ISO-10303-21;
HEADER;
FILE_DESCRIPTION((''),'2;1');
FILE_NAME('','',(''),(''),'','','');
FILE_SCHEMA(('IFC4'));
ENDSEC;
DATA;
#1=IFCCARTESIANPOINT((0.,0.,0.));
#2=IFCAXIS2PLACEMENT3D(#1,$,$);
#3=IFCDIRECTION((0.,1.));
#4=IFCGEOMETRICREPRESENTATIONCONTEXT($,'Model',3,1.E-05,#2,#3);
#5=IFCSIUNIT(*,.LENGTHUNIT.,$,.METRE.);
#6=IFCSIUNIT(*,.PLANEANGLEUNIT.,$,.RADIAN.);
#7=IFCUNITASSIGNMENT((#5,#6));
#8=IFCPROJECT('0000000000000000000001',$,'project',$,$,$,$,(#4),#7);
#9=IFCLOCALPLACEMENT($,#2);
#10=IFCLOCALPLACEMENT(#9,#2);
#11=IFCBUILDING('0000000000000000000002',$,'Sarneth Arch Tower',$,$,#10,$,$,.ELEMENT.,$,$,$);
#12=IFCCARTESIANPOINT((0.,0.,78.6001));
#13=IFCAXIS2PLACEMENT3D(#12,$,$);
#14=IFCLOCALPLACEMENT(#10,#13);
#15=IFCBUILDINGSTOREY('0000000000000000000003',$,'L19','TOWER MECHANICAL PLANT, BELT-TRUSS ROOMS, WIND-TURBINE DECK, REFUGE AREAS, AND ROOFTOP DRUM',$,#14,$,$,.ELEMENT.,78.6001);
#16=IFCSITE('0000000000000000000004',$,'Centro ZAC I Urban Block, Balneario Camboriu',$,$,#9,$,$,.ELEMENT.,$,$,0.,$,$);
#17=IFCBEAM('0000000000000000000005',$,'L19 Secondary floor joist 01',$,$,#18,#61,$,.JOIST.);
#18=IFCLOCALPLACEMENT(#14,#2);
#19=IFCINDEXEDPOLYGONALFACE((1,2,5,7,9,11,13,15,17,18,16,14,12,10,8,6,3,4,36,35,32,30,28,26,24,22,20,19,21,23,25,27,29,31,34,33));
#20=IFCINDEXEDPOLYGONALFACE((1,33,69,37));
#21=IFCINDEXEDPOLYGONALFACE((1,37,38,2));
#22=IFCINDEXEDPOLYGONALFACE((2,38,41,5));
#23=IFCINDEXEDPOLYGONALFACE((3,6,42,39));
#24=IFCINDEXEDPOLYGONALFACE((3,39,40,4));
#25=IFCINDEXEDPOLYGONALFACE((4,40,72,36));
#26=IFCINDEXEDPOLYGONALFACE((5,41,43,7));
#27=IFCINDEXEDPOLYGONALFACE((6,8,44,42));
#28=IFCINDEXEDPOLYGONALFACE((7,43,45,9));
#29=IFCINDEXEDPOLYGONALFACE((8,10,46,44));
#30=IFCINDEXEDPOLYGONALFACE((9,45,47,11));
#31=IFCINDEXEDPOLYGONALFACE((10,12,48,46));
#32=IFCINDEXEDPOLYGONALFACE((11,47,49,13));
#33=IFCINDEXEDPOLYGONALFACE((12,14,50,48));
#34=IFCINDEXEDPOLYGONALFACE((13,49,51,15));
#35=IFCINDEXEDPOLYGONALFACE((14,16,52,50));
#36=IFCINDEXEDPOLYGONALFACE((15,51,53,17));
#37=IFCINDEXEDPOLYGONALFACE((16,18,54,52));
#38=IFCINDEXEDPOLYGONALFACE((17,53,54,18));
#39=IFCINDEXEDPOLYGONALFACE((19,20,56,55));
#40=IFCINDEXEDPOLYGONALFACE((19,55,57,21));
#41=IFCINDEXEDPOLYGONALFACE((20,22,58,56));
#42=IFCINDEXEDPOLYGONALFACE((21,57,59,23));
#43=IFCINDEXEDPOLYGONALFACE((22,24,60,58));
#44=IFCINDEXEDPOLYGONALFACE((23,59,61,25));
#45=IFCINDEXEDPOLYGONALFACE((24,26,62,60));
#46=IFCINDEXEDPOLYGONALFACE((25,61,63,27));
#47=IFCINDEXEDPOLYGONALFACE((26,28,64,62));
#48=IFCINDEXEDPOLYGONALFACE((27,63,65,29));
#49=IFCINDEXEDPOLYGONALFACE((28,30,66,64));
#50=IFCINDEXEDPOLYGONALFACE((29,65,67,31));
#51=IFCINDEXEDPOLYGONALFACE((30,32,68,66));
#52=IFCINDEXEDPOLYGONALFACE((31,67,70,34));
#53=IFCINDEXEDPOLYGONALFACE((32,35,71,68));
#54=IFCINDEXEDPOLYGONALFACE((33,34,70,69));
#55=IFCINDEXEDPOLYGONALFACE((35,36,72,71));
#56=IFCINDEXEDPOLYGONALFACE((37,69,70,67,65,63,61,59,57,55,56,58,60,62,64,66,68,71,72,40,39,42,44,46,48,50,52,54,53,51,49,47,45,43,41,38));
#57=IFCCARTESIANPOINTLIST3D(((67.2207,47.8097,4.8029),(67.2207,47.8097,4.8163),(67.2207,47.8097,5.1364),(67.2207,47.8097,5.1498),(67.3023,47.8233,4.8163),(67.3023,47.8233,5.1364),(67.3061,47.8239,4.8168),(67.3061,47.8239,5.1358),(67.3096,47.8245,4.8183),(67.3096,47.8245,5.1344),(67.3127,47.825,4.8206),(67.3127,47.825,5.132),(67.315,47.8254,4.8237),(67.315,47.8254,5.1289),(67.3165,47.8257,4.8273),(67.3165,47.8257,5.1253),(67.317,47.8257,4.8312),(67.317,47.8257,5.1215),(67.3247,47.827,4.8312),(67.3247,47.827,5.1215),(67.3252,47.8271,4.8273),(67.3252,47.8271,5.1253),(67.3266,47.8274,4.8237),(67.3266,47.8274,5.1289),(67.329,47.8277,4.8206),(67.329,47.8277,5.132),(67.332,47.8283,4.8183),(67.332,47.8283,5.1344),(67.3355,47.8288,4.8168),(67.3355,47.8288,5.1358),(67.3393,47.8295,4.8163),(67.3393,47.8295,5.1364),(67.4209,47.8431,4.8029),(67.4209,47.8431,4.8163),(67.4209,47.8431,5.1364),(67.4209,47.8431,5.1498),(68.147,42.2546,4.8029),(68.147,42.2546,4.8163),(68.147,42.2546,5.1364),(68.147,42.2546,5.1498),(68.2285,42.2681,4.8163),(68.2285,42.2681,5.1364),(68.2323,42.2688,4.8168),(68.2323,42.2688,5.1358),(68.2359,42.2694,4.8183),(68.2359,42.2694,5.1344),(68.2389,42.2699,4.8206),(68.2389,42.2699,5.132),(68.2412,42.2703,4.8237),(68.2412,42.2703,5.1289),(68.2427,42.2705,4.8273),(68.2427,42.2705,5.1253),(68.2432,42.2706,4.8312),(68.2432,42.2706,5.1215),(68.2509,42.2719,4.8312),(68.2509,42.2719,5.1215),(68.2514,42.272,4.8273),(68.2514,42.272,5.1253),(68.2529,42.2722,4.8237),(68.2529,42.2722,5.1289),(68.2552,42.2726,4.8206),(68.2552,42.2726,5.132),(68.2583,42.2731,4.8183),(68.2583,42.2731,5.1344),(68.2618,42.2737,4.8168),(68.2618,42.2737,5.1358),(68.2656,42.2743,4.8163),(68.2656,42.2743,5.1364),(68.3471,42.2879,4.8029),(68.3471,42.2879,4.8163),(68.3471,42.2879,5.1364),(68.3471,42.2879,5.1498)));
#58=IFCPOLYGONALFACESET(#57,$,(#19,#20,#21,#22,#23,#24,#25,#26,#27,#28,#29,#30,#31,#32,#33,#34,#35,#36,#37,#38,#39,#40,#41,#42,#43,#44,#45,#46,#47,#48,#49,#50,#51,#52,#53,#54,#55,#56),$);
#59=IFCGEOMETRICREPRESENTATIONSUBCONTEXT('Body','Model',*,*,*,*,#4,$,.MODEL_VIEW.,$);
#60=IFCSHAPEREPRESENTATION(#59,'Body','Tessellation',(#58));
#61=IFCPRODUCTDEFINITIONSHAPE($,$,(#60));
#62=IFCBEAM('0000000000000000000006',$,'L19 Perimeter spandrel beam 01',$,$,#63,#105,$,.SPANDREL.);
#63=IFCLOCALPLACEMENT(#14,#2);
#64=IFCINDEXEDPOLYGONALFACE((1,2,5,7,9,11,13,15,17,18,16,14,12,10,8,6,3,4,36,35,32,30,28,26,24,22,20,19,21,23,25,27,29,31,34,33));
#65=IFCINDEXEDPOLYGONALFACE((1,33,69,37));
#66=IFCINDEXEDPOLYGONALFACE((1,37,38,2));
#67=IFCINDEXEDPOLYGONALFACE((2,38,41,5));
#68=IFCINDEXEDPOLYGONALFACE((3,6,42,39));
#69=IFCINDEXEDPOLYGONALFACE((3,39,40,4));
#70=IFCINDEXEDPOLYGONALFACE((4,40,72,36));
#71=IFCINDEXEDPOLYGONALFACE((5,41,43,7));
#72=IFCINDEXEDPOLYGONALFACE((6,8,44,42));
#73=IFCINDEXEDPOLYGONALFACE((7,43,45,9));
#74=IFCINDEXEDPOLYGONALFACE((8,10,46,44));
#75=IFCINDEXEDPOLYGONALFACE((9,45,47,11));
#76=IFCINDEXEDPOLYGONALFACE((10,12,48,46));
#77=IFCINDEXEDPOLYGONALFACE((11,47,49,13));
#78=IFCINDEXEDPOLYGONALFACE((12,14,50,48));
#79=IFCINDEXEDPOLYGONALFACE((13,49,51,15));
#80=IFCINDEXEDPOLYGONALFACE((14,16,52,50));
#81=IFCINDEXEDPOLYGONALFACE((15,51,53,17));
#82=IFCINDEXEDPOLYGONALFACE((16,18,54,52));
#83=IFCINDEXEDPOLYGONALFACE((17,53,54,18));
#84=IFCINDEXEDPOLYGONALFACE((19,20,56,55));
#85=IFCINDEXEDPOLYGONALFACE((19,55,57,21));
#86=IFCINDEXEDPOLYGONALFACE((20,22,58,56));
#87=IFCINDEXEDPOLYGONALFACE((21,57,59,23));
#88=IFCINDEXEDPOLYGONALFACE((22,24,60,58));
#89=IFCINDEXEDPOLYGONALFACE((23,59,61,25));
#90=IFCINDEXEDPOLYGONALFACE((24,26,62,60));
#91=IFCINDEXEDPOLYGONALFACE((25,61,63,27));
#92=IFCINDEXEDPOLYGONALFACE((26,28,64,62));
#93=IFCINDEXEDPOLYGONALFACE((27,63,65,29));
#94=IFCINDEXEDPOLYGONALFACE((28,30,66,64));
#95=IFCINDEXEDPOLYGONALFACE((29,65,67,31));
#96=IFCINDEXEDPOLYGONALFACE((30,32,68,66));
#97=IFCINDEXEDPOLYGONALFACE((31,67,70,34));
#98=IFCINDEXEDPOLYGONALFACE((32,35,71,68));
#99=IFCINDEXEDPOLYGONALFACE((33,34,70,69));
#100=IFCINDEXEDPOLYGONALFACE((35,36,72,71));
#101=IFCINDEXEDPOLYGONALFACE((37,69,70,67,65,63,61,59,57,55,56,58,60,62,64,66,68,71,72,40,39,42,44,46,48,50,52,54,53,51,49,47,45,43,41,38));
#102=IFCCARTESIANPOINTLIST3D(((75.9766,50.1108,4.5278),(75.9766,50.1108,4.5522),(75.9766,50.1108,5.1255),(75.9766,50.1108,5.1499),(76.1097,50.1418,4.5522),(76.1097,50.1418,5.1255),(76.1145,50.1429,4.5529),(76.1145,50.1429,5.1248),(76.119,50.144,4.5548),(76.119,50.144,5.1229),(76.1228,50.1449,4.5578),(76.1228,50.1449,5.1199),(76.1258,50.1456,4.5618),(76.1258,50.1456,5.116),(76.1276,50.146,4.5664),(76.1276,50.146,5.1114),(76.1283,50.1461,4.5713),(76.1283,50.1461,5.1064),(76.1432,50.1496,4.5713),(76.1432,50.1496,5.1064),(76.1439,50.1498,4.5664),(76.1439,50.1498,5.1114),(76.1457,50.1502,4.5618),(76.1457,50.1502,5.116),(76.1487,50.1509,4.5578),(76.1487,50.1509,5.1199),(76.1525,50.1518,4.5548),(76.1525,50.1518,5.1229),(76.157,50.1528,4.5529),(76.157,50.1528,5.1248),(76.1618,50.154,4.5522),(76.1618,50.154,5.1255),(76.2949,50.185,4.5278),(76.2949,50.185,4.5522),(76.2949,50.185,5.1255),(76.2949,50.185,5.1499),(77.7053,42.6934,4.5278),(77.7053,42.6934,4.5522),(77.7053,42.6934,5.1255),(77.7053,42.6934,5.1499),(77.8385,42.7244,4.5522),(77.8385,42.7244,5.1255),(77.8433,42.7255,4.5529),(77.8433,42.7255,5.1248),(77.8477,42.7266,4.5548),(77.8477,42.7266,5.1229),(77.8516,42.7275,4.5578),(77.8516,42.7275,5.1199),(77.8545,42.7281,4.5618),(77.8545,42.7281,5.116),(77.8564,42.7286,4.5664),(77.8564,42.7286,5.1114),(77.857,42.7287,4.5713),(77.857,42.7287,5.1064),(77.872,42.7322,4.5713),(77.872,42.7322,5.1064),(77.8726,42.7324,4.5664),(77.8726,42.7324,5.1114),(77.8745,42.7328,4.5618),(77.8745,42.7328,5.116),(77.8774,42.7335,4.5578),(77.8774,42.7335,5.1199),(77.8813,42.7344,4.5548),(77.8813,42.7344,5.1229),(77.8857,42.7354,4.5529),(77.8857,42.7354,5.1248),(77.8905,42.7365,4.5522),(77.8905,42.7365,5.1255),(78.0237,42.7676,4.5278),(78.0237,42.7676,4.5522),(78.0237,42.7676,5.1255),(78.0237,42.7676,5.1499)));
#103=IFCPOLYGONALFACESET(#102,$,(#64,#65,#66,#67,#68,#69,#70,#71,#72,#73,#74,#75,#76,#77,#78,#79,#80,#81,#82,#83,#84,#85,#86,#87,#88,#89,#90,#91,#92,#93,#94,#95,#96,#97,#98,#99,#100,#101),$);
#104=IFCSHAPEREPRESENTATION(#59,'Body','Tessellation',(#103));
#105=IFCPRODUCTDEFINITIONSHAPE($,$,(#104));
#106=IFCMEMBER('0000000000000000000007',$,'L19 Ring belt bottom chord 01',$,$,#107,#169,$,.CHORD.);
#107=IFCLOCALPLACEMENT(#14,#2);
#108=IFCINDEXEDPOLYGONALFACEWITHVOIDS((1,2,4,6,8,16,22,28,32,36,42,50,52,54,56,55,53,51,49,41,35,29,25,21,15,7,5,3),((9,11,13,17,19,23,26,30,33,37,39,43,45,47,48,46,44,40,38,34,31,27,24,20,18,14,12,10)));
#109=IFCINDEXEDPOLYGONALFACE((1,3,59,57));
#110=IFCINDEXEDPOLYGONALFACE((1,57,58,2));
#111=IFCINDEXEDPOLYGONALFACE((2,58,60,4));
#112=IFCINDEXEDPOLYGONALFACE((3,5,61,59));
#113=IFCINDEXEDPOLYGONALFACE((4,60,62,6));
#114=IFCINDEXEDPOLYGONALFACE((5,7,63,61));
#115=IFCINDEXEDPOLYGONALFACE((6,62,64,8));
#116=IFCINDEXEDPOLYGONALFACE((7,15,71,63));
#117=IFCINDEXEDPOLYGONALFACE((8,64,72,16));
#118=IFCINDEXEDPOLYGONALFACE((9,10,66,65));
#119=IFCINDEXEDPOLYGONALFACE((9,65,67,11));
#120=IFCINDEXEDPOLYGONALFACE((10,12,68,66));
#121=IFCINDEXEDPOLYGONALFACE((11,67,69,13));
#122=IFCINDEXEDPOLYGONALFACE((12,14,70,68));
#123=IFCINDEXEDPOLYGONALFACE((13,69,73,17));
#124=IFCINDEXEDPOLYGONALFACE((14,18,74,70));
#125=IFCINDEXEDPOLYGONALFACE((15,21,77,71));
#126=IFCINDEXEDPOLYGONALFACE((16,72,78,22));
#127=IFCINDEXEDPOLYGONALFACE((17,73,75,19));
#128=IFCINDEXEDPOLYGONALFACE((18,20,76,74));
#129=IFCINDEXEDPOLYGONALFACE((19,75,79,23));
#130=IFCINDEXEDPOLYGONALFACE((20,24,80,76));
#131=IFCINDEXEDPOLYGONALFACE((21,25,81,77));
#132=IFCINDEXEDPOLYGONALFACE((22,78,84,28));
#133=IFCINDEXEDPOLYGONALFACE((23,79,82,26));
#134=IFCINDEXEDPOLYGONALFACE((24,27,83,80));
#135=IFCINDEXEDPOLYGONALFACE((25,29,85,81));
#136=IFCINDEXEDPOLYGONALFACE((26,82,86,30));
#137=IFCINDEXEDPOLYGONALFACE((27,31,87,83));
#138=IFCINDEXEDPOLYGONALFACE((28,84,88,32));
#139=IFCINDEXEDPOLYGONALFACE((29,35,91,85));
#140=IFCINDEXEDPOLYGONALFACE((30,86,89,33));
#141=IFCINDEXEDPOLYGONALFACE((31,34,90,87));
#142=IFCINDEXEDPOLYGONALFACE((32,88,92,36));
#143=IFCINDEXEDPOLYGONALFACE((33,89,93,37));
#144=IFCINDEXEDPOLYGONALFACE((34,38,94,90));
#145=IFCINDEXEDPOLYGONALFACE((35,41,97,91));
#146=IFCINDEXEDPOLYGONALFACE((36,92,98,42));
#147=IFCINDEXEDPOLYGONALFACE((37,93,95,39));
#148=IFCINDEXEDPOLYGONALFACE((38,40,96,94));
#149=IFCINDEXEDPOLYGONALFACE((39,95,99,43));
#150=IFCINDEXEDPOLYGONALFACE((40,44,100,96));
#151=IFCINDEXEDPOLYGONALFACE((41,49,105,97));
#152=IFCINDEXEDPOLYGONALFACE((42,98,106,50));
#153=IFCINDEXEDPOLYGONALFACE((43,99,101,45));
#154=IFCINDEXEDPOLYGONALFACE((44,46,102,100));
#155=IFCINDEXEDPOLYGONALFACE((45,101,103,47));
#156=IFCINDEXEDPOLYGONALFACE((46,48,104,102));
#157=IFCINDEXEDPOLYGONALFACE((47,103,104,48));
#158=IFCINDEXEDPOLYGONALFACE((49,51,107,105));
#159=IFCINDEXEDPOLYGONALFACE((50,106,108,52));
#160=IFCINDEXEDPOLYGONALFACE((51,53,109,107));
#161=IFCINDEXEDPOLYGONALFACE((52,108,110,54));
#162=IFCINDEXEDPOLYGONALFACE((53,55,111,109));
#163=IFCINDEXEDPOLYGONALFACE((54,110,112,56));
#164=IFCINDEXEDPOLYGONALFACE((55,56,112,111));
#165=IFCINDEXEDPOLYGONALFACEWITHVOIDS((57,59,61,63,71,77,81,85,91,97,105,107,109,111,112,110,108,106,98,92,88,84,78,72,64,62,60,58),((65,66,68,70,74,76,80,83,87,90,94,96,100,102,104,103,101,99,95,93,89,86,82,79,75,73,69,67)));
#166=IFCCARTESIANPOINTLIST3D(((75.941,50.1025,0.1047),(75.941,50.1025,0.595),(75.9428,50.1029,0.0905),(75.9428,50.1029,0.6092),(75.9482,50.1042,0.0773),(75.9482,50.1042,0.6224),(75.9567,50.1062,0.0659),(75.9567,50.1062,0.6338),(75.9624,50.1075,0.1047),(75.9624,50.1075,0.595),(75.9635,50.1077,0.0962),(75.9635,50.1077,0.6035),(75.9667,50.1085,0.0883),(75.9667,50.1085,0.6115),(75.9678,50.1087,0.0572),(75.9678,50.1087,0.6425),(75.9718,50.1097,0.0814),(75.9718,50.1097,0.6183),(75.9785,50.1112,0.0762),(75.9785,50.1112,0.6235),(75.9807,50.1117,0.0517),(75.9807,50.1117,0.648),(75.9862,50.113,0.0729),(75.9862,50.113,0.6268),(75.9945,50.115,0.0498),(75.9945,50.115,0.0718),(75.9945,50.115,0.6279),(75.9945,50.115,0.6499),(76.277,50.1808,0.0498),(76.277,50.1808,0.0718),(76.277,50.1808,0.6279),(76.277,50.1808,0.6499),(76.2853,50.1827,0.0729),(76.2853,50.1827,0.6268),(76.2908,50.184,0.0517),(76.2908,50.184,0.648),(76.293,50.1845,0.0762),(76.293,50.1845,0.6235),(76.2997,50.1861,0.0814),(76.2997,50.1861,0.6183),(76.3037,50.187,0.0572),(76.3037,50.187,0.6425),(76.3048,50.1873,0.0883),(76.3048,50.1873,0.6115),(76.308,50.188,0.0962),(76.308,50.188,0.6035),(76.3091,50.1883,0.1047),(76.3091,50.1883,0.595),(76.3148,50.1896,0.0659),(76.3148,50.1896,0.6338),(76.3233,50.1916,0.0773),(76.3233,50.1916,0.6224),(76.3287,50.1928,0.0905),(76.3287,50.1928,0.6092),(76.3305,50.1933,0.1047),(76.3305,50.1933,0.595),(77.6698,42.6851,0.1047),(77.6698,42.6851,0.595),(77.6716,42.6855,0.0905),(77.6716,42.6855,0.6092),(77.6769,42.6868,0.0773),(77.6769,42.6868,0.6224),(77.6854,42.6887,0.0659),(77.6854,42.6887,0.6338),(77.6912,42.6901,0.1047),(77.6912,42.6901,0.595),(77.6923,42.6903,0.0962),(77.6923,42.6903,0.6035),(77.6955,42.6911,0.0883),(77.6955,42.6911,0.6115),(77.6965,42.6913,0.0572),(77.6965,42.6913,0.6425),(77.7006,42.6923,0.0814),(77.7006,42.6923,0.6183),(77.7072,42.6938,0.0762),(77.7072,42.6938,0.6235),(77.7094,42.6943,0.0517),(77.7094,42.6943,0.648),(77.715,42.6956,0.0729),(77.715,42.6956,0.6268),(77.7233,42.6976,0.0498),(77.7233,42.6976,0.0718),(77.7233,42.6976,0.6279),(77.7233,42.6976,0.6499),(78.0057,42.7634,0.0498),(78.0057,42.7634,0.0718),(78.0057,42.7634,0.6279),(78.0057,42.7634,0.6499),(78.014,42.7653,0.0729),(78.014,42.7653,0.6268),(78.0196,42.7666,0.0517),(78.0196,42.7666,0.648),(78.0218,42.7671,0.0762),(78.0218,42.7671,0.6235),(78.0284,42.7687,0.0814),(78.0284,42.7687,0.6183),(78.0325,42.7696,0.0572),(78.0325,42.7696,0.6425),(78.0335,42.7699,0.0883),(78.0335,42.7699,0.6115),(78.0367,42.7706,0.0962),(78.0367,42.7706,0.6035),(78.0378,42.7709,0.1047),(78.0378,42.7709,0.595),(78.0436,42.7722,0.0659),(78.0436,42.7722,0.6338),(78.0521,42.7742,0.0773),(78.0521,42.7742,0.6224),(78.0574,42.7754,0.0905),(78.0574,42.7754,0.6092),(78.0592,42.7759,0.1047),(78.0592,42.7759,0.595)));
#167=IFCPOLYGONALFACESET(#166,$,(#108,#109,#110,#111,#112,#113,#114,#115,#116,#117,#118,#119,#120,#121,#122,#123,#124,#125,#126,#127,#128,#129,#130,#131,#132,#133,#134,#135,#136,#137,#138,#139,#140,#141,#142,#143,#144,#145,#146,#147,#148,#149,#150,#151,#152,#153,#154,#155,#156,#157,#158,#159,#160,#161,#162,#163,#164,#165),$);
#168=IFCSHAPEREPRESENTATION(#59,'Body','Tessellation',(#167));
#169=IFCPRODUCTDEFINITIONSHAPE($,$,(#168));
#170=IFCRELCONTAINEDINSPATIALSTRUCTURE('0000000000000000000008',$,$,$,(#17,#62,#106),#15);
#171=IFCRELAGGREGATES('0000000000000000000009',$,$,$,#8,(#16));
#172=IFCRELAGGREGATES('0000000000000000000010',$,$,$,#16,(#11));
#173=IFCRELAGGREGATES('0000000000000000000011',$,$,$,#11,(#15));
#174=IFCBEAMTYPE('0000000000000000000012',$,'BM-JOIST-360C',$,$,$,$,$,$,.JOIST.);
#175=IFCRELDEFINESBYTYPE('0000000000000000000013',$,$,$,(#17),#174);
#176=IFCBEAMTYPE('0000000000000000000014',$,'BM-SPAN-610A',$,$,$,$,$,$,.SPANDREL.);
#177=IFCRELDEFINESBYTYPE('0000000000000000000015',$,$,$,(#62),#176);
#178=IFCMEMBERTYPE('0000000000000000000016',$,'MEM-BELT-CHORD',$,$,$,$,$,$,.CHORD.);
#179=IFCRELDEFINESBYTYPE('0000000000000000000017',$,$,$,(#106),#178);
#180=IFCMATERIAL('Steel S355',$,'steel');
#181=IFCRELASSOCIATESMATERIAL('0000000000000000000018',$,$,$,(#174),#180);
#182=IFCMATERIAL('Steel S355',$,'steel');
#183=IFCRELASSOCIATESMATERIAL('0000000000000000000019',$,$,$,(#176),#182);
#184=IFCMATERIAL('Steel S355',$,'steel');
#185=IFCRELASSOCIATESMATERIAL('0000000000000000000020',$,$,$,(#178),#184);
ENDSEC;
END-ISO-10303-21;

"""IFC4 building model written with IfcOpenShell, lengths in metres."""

from ifc_helpers import new_model, si_unit, direction, frame, origin, origin_2d, place, context, subcontext, project, spatial, hollow_rectangle, i_section, extrude, material, material_profile, profile_set, type_object, element, save


model = new_model("IFC4")

# Units and contexts
model_context = context("Model", 3, precision=1e-05, world=origin(), true_north=direction((0.0, 1.0)))
body_context = subcontext(model_context, "Body", "Model", "MODEL_VIEW")
ifc_project = project(units=[si_unit("LENGTHUNIT", "METRE"), si_unit("PLANEANGLEUNIT", "RADIAN")], contexts=[model_context])

# Site, building, storey
site_placement = place(None, origin())
site = spatial("IfcSite", under=ifc_project, at=site_placement, Name="Centro ZAC I Urban Block, Balneario Camboriu", CompositionType="ELEMENT", RefElevation=0.0)
building_placement = place(site_placement, origin())
building = spatial("IfcBuilding", under=site, at=building_placement, Name="Sarneth Arch Tower", CompositionType="ELEMENT")
storey_placement = place(building_placement, frame((0.0, 0.0, 78.6001)))
storey = spatial("IfcBuildingStorey", under=building, at=storey_placement, Name="L19", Description="TOWER MECHANICAL PLANT, BELT-TRUSS ROOMS, WIND-TURBINE DECK, REFUGE AREAS, AND ROOFTOP DRUM", CompositionType="ELEMENT", Elevation=78.6001)

# Beams
ifc_material_1 = material(Name="Steel S355", Category="steel")
ifc_material_profile_1 = material_profile(ifc_material_1, i_section(OverallWidth=0.2029, OverallDepth=0.3469, WebThickness=0.0078, FlangeThickness=0.0134, FilletRadius=0.0149, at=origin_2d()), Name="W360x64")
ifc_profile_set_1 = profile_set([ifc_material_profile_1], Name="Steel S355")
beam_type_1 = type_object("IfcBeamType", Name="BM-JOIST-360C", PredefinedType="JOIST", material=ifc_profile_set_1)
beam_1_placement = place(storey_placement, frame((68.2471, 42.2712, 4.9763), z_axis=(-0.164469, 0.986382, 0.0), x_axis=(-0.986382, -0.164469, 0.0)))
element("IfcBeam", 1, at=beam_1_placement, inside=storey, type_object=beam_type_1, Name="L19 Secondary floor joist 01", PredefinedType="JOIST", context=body_context, shape_type="SweptSolid", body=[
    extrude(i_section(OverallWidth=0.2029, OverallDepth=0.3469, WebThickness=0.0078, FlangeThickness=0.0134, FilletRadius=0.0149, at=origin_2d()), origin(), (0.0, 0.0, 1.0), 5.6318),
])
ifc_material_2 = material(Name="Steel S355", Category="steel")
ifc_material_profile_2 = material_profile(ifc_material_2, i_section(OverallWidth=0.3269, OverallDepth=0.6221, WebThickness=0.0154, FlangeThickness=0.0244, FilletRadius=0.019, at=origin_2d()), Name="W610x195")
ifc_profile_set_2 = profile_set([ifc_material_profile_2], Name="Steel S355")
beam_type_2 = type_object("IfcBeamType", Name="BM-SPAN-610A", PredefinedType="SPANDREL", material=ifc_profile_set_2)
beam_2_placement = place(storey_placement, frame((77.8645, 42.7305, 4.8389), z_axis=(-0.226982, 0.973899, 0.0), x_axis=(-0.973899, -0.226982, 0.0)))
element("IfcBeam", 2, at=beam_2_placement, inside=storey, type_object=beam_type_2, Name="L19 Perimeter spandrel beam 01", PredefinedType="SPANDREL", context=body_context, shape_type="SweptSolid", body=[
    extrude(i_section(OverallWidth=0.3269, OverallDepth=0.6221, WebThickness=0.0154, FlangeThickness=0.0244, FilletRadius=0.019, at=origin_2d()), origin(), (0.0, 0.0, 1.0), 7.6162),
])

# Member
ifc_material_3 = material(Name="Steel S355", Category="steel")
ifc_material_profile_3 = material_profile(ifc_material_3, hollow_rectangle(XDim=0.3999, YDim=0.6001, WallThickness=0.022, InnerFilletRadius=0.033, OuterFilletRadius=0.0549, at=origin_2d()), Name="RHS600x400x22")
ifc_profile_set_3 = profile_set([ifc_material_profile_3], Name="Steel S355")
member_type_1 = type_object("IfcMemberType", Name="MEM-BELT-CHORD", PredefinedType="CHORD", material=ifc_profile_set_3)
member_1_placement = place(storey_placement, frame((77.8645, 42.7305, 0.3499), z_axis=(-0.226982, 0.973899, 0.0), x_axis=(-0.973899, -0.226982, 0.0)))
element("IfcMember", 3, at=member_1_placement, inside=storey, type_object=member_type_1, Name="L19 Ring belt bottom chord 01", PredefinedType="CHORD", context=body_context, shape_type="SweptSolid", body=[
    extrude(hollow_rectangle(XDim=0.3999, YDim=0.6001, WallThickness=0.022, InnerFilletRadius=0.033, OuterFilletRadius=0.0549, at=origin_2d()), origin(), (0.0, 0.0, 1.0), 7.6162),
])

save(model, "model.ifc")
